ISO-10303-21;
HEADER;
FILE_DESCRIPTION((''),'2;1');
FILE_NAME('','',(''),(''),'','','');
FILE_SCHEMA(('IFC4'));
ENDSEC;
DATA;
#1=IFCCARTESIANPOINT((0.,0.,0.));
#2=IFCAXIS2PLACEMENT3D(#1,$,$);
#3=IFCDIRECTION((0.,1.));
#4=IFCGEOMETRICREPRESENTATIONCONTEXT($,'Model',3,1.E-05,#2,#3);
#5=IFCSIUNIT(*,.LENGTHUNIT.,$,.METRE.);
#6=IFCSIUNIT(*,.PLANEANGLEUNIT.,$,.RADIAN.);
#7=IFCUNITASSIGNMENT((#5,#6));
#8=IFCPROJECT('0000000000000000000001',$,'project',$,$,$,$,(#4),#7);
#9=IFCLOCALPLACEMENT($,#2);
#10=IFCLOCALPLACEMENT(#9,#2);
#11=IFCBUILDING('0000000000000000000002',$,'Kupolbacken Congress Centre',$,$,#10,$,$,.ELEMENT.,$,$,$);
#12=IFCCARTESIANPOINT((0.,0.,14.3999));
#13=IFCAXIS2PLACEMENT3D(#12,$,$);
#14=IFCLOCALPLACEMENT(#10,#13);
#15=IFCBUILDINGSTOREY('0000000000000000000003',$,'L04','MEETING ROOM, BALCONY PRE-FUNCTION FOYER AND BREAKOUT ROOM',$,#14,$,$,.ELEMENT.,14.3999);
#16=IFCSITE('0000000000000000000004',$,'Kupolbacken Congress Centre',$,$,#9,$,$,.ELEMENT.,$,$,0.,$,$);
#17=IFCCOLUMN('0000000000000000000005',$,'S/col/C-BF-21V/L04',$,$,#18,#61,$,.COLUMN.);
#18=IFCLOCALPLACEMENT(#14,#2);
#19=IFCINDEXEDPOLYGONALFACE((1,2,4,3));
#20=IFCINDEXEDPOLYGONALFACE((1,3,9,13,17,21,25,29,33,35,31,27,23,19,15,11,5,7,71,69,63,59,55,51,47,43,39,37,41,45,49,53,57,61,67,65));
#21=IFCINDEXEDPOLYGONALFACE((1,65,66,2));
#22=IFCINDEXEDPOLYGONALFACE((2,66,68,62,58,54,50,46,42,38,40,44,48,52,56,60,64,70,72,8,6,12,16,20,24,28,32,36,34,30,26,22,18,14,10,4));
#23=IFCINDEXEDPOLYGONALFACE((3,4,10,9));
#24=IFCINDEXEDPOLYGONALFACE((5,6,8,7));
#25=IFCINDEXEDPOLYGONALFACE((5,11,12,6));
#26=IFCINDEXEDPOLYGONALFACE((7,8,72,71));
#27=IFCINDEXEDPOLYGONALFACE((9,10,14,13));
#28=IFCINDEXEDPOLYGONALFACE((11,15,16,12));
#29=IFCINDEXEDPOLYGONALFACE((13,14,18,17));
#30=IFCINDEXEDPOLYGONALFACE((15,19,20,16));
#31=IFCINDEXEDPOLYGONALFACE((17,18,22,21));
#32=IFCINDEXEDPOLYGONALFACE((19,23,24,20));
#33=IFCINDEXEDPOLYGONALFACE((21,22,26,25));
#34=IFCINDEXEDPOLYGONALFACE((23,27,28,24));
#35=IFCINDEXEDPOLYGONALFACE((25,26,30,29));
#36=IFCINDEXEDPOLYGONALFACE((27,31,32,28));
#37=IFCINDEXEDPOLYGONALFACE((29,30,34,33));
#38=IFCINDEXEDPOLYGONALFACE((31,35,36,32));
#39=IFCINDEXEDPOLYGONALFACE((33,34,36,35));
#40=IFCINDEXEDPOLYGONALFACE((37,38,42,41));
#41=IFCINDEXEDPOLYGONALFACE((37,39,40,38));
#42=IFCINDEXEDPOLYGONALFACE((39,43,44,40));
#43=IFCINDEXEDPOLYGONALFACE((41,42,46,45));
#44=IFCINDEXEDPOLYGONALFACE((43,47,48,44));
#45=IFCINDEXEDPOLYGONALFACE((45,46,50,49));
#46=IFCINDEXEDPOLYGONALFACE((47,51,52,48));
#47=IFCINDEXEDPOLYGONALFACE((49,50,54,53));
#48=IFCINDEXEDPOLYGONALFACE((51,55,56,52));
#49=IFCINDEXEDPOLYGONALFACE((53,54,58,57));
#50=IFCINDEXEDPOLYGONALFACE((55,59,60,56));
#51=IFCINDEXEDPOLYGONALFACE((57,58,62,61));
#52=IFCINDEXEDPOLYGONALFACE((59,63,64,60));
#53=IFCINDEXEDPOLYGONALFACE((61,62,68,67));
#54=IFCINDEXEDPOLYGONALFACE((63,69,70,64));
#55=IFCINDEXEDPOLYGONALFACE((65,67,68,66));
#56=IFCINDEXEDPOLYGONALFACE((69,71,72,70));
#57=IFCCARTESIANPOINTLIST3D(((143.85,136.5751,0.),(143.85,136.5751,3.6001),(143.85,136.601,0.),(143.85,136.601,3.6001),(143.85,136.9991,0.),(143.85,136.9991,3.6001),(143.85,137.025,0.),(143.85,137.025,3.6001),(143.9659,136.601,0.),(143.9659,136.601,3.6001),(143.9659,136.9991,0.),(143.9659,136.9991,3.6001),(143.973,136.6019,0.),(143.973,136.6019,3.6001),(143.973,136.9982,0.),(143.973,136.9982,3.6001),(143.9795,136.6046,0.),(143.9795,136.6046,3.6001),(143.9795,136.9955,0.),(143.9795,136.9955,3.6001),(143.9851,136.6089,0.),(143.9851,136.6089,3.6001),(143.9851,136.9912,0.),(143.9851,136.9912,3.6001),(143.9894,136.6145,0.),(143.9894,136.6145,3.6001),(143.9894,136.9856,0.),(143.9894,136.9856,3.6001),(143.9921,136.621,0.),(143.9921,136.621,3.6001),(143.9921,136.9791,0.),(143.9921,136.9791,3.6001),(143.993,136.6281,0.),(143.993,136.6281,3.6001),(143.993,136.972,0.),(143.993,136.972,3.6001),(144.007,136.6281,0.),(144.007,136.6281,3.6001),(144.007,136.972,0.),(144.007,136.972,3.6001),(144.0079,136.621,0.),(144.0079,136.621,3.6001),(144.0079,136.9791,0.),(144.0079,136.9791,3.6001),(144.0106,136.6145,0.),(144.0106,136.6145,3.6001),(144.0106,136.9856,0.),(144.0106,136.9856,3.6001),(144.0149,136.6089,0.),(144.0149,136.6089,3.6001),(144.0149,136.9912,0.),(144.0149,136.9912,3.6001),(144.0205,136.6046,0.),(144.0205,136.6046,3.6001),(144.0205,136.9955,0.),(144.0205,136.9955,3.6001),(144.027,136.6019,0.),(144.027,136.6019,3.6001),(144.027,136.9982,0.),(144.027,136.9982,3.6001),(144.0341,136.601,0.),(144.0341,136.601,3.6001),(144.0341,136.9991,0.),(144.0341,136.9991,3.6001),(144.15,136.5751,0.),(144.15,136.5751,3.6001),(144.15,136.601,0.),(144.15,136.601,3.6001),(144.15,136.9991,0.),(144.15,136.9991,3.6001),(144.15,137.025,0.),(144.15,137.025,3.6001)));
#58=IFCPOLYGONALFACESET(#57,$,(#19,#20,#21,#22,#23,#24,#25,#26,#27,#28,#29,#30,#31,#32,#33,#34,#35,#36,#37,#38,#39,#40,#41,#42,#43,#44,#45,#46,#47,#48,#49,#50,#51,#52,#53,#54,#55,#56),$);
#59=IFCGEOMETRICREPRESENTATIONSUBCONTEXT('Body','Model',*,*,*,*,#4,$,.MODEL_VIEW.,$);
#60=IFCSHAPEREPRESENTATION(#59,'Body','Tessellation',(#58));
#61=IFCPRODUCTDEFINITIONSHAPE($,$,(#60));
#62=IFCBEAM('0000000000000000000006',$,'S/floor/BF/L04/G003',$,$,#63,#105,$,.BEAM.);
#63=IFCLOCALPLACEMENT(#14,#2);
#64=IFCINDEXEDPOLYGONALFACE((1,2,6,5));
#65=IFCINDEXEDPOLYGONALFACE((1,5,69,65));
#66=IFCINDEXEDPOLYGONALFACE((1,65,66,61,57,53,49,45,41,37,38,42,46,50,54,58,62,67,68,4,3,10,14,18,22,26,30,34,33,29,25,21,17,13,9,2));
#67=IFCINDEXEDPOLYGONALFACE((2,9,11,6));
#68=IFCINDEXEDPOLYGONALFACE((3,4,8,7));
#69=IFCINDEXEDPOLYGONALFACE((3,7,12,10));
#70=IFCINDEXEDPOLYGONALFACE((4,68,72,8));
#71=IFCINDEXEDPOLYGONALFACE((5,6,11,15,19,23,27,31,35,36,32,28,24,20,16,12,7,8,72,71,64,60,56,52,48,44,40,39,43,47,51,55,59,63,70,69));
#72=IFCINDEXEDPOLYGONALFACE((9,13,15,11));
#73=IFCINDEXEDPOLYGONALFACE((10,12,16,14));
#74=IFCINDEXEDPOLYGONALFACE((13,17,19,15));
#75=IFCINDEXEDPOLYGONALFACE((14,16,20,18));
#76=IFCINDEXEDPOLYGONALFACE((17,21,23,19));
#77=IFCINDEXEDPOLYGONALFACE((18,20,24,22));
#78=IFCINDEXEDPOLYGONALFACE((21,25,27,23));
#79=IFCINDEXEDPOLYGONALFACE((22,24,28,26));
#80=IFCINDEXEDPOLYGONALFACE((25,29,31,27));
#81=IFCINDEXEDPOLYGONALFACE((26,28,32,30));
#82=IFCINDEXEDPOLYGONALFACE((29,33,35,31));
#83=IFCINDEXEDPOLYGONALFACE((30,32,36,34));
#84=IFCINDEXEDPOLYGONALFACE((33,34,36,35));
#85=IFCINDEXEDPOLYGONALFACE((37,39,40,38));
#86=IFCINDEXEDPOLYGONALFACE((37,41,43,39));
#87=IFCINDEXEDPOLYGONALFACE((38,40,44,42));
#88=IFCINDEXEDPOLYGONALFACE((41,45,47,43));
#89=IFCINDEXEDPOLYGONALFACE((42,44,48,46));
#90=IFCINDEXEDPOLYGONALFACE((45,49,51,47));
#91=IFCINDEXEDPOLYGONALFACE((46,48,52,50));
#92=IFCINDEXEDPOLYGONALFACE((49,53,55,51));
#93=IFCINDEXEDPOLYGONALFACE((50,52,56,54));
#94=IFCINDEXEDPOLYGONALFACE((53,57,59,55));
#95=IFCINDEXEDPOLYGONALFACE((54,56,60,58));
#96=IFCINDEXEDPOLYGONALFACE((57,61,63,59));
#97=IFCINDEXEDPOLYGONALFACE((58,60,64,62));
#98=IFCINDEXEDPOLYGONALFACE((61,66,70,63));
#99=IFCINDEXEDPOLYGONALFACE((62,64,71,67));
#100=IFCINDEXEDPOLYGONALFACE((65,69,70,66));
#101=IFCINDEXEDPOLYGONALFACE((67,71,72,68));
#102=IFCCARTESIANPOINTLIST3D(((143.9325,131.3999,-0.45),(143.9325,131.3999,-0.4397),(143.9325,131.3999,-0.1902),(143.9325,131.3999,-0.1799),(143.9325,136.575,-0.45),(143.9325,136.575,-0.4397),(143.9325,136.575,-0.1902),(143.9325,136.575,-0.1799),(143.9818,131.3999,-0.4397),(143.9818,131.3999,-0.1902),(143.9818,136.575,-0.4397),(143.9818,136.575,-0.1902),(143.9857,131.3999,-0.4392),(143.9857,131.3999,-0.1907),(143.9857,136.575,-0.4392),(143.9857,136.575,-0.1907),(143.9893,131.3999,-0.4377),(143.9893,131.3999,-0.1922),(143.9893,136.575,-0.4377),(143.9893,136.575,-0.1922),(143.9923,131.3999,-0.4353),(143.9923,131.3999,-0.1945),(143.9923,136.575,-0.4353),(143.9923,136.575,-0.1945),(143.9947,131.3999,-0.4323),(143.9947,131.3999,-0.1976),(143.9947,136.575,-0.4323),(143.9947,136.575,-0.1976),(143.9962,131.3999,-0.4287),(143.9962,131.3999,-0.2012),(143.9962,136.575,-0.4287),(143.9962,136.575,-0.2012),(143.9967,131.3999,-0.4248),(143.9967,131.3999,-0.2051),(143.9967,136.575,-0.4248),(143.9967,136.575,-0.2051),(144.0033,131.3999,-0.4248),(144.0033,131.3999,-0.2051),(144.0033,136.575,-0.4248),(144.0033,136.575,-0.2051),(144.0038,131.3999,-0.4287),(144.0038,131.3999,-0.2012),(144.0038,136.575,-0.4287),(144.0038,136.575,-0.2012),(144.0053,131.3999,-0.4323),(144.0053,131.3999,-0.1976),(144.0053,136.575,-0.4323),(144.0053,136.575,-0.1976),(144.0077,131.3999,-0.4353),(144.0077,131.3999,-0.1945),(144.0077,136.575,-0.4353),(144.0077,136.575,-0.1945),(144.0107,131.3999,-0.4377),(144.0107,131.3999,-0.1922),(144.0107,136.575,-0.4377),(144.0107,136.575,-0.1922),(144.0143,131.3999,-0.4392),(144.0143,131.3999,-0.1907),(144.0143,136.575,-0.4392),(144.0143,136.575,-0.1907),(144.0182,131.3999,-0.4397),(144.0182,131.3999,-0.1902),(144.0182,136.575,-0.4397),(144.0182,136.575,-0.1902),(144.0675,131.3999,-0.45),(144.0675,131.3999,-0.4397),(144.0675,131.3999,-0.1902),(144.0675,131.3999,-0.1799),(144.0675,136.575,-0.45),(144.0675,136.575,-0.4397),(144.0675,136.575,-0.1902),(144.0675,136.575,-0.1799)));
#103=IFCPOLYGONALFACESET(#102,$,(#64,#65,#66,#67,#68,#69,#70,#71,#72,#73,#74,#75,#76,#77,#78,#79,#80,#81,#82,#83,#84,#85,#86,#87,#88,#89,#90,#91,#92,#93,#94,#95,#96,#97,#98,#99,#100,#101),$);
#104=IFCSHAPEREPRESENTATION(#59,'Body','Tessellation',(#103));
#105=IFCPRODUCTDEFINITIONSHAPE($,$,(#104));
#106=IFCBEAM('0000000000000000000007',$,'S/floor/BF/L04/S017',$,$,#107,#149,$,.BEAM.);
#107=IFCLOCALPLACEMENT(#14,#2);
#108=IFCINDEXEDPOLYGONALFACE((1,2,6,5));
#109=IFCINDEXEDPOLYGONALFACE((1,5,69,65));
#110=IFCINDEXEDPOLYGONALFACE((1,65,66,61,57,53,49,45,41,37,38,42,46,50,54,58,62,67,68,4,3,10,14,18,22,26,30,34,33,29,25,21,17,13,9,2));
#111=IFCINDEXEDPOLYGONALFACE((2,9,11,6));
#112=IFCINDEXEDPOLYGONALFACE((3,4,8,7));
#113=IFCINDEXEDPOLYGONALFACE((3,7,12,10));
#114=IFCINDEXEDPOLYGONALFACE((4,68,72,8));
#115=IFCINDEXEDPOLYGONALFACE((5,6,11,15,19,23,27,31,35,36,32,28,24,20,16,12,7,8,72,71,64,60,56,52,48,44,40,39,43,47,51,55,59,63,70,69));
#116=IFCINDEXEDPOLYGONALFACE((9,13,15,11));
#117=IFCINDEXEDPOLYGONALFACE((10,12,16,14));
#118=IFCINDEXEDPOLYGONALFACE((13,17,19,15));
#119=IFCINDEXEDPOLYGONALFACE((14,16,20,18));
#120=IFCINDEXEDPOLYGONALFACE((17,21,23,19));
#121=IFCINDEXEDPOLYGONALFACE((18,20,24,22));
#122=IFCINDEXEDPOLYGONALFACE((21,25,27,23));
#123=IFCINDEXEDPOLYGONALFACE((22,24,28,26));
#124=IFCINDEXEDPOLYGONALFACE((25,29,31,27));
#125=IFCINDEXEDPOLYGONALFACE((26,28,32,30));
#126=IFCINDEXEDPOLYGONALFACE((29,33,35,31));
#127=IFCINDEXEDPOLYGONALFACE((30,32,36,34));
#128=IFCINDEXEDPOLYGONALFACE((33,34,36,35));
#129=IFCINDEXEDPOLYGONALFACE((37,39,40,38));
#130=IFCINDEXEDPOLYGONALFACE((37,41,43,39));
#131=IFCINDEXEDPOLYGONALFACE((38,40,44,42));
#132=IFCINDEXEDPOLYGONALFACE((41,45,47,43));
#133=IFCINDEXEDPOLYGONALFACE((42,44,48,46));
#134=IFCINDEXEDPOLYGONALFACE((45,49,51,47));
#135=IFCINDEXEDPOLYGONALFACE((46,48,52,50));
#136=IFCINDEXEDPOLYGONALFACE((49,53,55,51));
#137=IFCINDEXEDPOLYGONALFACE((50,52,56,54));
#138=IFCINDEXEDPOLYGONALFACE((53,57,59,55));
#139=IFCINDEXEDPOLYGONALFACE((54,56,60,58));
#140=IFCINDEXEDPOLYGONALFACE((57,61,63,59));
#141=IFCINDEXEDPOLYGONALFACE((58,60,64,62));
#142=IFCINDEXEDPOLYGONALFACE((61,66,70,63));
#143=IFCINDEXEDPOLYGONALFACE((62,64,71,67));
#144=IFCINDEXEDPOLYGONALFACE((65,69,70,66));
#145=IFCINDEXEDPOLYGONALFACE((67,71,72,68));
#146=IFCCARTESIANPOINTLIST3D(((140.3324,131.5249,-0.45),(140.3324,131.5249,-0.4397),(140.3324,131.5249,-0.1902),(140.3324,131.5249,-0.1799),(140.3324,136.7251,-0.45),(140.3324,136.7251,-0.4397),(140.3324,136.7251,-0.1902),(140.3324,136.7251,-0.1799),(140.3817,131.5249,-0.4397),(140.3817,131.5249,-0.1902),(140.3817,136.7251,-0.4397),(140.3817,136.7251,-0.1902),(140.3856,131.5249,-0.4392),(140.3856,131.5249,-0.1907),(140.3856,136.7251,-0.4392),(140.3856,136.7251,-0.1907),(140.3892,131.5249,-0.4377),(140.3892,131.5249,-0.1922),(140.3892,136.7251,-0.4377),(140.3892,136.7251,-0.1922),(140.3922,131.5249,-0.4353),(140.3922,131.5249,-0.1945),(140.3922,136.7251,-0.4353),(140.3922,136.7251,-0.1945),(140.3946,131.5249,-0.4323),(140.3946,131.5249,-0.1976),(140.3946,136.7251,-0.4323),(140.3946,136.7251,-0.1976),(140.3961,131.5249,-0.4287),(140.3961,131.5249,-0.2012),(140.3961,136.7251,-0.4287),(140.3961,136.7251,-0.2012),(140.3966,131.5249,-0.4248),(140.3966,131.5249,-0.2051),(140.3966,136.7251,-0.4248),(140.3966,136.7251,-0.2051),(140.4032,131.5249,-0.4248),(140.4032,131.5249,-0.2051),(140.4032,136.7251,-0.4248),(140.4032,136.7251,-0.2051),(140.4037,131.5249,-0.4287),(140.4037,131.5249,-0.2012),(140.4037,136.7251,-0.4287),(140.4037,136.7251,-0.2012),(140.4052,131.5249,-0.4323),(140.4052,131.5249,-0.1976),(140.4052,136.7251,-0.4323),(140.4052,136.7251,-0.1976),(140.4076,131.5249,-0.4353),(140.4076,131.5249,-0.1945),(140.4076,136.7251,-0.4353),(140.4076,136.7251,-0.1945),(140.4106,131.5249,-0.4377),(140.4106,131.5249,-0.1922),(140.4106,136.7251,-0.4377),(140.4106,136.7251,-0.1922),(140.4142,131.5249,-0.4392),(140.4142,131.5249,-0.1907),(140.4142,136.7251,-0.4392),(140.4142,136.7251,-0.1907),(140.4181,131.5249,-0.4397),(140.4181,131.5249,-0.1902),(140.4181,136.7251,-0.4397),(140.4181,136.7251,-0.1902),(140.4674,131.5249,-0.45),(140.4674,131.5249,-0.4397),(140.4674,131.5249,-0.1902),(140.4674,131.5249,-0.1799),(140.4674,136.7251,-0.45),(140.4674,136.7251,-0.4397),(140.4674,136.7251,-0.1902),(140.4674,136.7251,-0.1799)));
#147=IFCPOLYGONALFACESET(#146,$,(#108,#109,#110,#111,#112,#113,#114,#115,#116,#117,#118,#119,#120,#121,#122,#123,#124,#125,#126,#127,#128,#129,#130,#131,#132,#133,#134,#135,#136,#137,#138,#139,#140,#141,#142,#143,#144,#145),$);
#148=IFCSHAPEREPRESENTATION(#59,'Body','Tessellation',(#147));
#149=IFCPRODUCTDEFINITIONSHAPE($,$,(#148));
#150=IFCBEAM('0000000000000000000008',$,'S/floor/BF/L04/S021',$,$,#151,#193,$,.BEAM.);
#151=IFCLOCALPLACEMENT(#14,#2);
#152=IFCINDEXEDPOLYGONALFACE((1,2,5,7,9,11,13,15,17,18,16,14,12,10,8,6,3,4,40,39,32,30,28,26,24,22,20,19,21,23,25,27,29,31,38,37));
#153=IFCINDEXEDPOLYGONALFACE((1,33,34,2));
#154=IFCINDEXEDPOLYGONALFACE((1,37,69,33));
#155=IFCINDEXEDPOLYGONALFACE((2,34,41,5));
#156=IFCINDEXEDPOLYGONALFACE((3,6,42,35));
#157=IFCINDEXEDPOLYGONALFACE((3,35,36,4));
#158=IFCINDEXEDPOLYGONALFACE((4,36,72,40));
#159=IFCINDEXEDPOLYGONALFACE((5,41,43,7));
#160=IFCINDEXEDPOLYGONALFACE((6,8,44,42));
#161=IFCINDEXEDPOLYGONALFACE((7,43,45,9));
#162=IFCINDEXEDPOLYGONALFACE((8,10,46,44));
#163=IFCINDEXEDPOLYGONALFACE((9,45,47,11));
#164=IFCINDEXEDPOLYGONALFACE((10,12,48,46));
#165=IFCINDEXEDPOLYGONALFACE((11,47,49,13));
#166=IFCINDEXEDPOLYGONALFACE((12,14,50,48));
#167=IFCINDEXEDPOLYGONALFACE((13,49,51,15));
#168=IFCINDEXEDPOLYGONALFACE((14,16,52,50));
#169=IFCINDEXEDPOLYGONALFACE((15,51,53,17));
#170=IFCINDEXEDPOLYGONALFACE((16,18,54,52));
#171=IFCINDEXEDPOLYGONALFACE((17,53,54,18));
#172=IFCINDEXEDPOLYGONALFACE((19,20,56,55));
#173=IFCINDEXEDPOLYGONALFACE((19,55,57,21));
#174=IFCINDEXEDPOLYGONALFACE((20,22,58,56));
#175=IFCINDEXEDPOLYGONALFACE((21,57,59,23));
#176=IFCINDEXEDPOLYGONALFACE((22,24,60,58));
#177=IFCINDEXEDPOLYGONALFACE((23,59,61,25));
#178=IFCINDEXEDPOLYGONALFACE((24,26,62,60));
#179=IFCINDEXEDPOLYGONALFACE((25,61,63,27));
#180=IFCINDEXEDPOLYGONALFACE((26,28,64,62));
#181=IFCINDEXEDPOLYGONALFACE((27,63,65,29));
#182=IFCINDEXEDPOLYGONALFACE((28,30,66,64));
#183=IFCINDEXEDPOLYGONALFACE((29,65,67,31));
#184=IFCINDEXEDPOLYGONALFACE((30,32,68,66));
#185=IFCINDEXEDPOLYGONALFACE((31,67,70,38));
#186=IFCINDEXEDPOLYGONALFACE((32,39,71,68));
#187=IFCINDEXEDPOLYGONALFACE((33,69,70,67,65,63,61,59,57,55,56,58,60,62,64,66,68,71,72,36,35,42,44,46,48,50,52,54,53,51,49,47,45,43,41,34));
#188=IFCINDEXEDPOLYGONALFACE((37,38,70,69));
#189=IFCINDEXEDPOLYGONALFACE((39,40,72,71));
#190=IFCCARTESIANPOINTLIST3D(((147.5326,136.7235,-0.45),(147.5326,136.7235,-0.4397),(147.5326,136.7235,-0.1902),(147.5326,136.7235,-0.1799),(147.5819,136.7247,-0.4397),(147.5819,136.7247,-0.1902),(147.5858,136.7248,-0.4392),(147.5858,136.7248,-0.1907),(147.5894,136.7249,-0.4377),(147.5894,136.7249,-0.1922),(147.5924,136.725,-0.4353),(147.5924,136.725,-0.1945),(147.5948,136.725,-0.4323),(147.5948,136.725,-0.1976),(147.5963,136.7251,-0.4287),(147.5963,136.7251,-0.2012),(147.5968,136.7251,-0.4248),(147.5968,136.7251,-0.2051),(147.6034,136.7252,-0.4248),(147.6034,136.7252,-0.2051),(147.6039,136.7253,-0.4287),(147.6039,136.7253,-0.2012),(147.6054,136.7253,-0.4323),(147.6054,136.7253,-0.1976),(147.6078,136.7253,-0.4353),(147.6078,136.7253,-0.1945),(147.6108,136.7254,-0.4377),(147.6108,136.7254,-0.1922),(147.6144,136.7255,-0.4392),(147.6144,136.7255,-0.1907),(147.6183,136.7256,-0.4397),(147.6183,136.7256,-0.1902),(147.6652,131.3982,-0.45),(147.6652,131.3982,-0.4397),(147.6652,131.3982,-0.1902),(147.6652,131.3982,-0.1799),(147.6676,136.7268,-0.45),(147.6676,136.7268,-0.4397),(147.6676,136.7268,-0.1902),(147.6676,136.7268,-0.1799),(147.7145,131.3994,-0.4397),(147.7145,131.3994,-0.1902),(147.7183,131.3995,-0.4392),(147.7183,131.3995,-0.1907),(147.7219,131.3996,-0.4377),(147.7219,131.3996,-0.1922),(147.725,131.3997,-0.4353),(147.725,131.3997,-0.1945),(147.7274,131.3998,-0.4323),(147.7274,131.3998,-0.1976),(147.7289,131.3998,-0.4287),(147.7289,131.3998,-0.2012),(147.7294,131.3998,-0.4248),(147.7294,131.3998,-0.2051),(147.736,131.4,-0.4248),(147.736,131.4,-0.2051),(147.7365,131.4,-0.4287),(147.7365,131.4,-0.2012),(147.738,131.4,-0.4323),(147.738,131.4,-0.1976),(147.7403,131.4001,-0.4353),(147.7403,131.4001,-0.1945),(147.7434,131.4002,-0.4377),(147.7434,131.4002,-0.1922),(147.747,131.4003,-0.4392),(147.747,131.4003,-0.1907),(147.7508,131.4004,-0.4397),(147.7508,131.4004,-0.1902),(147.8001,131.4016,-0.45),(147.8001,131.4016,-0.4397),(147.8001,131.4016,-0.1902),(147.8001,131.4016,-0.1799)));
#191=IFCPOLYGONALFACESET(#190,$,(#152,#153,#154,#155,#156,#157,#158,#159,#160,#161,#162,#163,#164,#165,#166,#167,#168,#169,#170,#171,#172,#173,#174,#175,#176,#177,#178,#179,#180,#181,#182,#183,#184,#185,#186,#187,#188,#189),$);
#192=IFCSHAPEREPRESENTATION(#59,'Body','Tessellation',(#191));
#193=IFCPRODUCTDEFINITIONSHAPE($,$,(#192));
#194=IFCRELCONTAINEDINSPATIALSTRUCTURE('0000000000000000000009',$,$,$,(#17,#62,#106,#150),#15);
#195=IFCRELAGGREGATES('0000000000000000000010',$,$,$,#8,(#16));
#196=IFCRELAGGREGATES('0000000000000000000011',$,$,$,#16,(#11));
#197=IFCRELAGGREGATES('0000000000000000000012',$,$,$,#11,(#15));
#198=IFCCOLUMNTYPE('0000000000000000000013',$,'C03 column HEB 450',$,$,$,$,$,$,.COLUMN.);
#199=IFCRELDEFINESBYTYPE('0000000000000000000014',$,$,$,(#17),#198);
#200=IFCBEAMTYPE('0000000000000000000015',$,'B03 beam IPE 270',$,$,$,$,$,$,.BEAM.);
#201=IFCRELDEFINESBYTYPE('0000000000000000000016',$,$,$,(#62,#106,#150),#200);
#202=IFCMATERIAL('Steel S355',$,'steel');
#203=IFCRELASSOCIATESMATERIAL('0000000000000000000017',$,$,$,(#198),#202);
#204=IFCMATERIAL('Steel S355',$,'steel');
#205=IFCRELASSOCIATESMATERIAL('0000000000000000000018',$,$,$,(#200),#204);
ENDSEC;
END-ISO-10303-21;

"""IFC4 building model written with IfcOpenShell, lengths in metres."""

from ifc_helpers import new_model, si_unit, direction, frame, origin, origin_2d, place, context, subcontext, project, spatial, i_section, extrude, material, material_profile, profile_set, type_object, element, save


model = new_model("IFC4")

# Units and contexts
model_context = context("Model", 3, precision=1e-05, world=origin(), true_north=direction((0.0, 1.0)))
body_context = subcontext(model_context, "Body", "Model", "MODEL_VIEW")
ifc_project = project(units=[si_unit("LENGTHUNIT", "METRE"), si_unit("PLANEANGLEUNIT", "RADIAN")], contexts=[model_context])

# Site, building, storey
site_placement = place(None, origin())
site = spatial("IfcSite", under=ifc_project, at=site_placement, Name="Kupolbacken Congress Centre", CompositionType="ELEMENT", RefElevation=0.0)
building_placement = place(site_placement, origin())
building = spatial("IfcBuilding", under=site, at=building_placement, Name="Kupolbacken Congress Centre", CompositionType="ELEMENT")
storey_placement = place(building_placement, frame((0.0, 0.0, 14.3999)))
storey = spatial("IfcBuildingStorey", under=building, at=storey_placement, Name="L04", Description="MEETING ROOM, BALCONY PRE-FUNCTION FOYER AND BREAKOUT ROOM", CompositionType="ELEMENT", Elevation=14.3999)

# Column
ifc_material_1 = material(Name="Steel S355", Category="steel")
ifc_material_profile_1 = material_profile(ifc_material_1, i_section(OverallWidth=0.3, OverallDepth=0.45, WebThickness=0.0139, FlangeThickness=0.0259, FilletRadius=0.0271, at=origin_2d()), Name="HEB 450")
ifc_profile_set_1 = profile_set([ifc_material_profile_1], Name="Steel S355")
column_type = type_object("IfcColumnType", Name="C03 column HEB 450", PredefinedType="COLUMN", material=ifc_profile_set_1)
column_placement = place(storey_placement, frame((144.0, 136.8, 0.0), z_axis=(0.0, 0.0, 1.0), x_axis=(1.0, 0.0, 0.0)))
element("IfcColumn", 1, at=column_placement, inside=storey, type_object=column_type, Name="S/col/C-BF-21V/L04", PredefinedType="COLUMN", context=body_context, shape_type="SweptSolid", body=[
    extrude(i_section(OverallWidth=0.3, OverallDepth=0.45, WebThickness=0.0139, FlangeThickness=0.0259, FilletRadius=0.0271, at=origin_2d()), origin(), (0.0, 0.0, 1.0), 3.6001),
])

# Beams
ifc_material_2 = material(Name="Steel S355", Category="steel")
ifc_material_profile_2 = material_profile(ifc_material_2, i_section(OverallWidth=0.135, OverallDepth=0.27, WebThickness=0.0066, FlangeThickness=0.0103, FilletRadius=0.0149, at=origin_2d()), Name="IPE 270")
ifc_profile_set_2 = profile_set([ifc_material_profile_2], Name="Steel S355")
beam_type_1 = type_object("IfcBeamType", Name="B03 beam IPE 270", PredefinedType="BEAM", material=ifc_profile_set_2)
beam_1_placement = place(storey_placement, frame((144.0, 131.3999, -0.3149), z_axis=(0.0, 1.0, 0.0), x_axis=(-1.0, 0.0, 0.0)))
element("IfcBeam", 2, at=beam_1_placement, inside=storey, type_object=beam_type_1, Name="S/floor/BF/L04/G003", PredefinedType="BEAM", context=body_context, shape_type="SweptSolid", body=[
    extrude(i_section(OverallWidth=0.135, OverallDepth=0.27, WebThickness=0.0066, FlangeThickness=0.0103, FilletRadius=0.0149, at=origin_2d()), origin(), (0.0, 0.0, 1.0), 5.175),
])
beam_2_placement = place(storey_placement, frame((140.3999, 131.5249, -0.3149), z_axis=(0.0, 1.0, 0.0), x_axis=(-1.0, 0.0, 0.0)))
element("IfcBeam", 3, at=beam_2_placement, inside=storey, type_object=beam_type_1, Name="S/floor/BF/L04/S017", PredefinedType="BEAM", context=body_context, shape_type="SweptSolid", body=[
    extrude(i_section(OverallWidth=0.135, OverallDepth=0.27, WebThickness=0.0066, FlangeThickness=0.0103, FilletRadius=0.0149, at=origin_2d()), origin(), (0.0, 0.0, 1.0), 5.2002),
])
beam_3_placement = place(storey_placement, frame((147.7327, 131.3999, -0.3149), z_axis=(-0.024887, 0.99969, 0.0), x_axis=(-0.99969, -0.024887, 0.0)))
element("IfcBeam", 4, at=beam_3_placement, inside=storey, type_object=beam_type_1, Name="S/floor/BF/L04/S021", PredefinedType="BEAM", context=body_context, shape_type="SweptSolid", body=[
    extrude(i_section(OverallWidth=0.135, OverallDepth=0.27, WebThickness=0.0066, FlangeThickness=0.0103, FilletRadius=0.0149, at=origin_2d()), origin(), (0.0, 0.0, 1.0), 5.3269),
])

save(model, "model.ifc")
